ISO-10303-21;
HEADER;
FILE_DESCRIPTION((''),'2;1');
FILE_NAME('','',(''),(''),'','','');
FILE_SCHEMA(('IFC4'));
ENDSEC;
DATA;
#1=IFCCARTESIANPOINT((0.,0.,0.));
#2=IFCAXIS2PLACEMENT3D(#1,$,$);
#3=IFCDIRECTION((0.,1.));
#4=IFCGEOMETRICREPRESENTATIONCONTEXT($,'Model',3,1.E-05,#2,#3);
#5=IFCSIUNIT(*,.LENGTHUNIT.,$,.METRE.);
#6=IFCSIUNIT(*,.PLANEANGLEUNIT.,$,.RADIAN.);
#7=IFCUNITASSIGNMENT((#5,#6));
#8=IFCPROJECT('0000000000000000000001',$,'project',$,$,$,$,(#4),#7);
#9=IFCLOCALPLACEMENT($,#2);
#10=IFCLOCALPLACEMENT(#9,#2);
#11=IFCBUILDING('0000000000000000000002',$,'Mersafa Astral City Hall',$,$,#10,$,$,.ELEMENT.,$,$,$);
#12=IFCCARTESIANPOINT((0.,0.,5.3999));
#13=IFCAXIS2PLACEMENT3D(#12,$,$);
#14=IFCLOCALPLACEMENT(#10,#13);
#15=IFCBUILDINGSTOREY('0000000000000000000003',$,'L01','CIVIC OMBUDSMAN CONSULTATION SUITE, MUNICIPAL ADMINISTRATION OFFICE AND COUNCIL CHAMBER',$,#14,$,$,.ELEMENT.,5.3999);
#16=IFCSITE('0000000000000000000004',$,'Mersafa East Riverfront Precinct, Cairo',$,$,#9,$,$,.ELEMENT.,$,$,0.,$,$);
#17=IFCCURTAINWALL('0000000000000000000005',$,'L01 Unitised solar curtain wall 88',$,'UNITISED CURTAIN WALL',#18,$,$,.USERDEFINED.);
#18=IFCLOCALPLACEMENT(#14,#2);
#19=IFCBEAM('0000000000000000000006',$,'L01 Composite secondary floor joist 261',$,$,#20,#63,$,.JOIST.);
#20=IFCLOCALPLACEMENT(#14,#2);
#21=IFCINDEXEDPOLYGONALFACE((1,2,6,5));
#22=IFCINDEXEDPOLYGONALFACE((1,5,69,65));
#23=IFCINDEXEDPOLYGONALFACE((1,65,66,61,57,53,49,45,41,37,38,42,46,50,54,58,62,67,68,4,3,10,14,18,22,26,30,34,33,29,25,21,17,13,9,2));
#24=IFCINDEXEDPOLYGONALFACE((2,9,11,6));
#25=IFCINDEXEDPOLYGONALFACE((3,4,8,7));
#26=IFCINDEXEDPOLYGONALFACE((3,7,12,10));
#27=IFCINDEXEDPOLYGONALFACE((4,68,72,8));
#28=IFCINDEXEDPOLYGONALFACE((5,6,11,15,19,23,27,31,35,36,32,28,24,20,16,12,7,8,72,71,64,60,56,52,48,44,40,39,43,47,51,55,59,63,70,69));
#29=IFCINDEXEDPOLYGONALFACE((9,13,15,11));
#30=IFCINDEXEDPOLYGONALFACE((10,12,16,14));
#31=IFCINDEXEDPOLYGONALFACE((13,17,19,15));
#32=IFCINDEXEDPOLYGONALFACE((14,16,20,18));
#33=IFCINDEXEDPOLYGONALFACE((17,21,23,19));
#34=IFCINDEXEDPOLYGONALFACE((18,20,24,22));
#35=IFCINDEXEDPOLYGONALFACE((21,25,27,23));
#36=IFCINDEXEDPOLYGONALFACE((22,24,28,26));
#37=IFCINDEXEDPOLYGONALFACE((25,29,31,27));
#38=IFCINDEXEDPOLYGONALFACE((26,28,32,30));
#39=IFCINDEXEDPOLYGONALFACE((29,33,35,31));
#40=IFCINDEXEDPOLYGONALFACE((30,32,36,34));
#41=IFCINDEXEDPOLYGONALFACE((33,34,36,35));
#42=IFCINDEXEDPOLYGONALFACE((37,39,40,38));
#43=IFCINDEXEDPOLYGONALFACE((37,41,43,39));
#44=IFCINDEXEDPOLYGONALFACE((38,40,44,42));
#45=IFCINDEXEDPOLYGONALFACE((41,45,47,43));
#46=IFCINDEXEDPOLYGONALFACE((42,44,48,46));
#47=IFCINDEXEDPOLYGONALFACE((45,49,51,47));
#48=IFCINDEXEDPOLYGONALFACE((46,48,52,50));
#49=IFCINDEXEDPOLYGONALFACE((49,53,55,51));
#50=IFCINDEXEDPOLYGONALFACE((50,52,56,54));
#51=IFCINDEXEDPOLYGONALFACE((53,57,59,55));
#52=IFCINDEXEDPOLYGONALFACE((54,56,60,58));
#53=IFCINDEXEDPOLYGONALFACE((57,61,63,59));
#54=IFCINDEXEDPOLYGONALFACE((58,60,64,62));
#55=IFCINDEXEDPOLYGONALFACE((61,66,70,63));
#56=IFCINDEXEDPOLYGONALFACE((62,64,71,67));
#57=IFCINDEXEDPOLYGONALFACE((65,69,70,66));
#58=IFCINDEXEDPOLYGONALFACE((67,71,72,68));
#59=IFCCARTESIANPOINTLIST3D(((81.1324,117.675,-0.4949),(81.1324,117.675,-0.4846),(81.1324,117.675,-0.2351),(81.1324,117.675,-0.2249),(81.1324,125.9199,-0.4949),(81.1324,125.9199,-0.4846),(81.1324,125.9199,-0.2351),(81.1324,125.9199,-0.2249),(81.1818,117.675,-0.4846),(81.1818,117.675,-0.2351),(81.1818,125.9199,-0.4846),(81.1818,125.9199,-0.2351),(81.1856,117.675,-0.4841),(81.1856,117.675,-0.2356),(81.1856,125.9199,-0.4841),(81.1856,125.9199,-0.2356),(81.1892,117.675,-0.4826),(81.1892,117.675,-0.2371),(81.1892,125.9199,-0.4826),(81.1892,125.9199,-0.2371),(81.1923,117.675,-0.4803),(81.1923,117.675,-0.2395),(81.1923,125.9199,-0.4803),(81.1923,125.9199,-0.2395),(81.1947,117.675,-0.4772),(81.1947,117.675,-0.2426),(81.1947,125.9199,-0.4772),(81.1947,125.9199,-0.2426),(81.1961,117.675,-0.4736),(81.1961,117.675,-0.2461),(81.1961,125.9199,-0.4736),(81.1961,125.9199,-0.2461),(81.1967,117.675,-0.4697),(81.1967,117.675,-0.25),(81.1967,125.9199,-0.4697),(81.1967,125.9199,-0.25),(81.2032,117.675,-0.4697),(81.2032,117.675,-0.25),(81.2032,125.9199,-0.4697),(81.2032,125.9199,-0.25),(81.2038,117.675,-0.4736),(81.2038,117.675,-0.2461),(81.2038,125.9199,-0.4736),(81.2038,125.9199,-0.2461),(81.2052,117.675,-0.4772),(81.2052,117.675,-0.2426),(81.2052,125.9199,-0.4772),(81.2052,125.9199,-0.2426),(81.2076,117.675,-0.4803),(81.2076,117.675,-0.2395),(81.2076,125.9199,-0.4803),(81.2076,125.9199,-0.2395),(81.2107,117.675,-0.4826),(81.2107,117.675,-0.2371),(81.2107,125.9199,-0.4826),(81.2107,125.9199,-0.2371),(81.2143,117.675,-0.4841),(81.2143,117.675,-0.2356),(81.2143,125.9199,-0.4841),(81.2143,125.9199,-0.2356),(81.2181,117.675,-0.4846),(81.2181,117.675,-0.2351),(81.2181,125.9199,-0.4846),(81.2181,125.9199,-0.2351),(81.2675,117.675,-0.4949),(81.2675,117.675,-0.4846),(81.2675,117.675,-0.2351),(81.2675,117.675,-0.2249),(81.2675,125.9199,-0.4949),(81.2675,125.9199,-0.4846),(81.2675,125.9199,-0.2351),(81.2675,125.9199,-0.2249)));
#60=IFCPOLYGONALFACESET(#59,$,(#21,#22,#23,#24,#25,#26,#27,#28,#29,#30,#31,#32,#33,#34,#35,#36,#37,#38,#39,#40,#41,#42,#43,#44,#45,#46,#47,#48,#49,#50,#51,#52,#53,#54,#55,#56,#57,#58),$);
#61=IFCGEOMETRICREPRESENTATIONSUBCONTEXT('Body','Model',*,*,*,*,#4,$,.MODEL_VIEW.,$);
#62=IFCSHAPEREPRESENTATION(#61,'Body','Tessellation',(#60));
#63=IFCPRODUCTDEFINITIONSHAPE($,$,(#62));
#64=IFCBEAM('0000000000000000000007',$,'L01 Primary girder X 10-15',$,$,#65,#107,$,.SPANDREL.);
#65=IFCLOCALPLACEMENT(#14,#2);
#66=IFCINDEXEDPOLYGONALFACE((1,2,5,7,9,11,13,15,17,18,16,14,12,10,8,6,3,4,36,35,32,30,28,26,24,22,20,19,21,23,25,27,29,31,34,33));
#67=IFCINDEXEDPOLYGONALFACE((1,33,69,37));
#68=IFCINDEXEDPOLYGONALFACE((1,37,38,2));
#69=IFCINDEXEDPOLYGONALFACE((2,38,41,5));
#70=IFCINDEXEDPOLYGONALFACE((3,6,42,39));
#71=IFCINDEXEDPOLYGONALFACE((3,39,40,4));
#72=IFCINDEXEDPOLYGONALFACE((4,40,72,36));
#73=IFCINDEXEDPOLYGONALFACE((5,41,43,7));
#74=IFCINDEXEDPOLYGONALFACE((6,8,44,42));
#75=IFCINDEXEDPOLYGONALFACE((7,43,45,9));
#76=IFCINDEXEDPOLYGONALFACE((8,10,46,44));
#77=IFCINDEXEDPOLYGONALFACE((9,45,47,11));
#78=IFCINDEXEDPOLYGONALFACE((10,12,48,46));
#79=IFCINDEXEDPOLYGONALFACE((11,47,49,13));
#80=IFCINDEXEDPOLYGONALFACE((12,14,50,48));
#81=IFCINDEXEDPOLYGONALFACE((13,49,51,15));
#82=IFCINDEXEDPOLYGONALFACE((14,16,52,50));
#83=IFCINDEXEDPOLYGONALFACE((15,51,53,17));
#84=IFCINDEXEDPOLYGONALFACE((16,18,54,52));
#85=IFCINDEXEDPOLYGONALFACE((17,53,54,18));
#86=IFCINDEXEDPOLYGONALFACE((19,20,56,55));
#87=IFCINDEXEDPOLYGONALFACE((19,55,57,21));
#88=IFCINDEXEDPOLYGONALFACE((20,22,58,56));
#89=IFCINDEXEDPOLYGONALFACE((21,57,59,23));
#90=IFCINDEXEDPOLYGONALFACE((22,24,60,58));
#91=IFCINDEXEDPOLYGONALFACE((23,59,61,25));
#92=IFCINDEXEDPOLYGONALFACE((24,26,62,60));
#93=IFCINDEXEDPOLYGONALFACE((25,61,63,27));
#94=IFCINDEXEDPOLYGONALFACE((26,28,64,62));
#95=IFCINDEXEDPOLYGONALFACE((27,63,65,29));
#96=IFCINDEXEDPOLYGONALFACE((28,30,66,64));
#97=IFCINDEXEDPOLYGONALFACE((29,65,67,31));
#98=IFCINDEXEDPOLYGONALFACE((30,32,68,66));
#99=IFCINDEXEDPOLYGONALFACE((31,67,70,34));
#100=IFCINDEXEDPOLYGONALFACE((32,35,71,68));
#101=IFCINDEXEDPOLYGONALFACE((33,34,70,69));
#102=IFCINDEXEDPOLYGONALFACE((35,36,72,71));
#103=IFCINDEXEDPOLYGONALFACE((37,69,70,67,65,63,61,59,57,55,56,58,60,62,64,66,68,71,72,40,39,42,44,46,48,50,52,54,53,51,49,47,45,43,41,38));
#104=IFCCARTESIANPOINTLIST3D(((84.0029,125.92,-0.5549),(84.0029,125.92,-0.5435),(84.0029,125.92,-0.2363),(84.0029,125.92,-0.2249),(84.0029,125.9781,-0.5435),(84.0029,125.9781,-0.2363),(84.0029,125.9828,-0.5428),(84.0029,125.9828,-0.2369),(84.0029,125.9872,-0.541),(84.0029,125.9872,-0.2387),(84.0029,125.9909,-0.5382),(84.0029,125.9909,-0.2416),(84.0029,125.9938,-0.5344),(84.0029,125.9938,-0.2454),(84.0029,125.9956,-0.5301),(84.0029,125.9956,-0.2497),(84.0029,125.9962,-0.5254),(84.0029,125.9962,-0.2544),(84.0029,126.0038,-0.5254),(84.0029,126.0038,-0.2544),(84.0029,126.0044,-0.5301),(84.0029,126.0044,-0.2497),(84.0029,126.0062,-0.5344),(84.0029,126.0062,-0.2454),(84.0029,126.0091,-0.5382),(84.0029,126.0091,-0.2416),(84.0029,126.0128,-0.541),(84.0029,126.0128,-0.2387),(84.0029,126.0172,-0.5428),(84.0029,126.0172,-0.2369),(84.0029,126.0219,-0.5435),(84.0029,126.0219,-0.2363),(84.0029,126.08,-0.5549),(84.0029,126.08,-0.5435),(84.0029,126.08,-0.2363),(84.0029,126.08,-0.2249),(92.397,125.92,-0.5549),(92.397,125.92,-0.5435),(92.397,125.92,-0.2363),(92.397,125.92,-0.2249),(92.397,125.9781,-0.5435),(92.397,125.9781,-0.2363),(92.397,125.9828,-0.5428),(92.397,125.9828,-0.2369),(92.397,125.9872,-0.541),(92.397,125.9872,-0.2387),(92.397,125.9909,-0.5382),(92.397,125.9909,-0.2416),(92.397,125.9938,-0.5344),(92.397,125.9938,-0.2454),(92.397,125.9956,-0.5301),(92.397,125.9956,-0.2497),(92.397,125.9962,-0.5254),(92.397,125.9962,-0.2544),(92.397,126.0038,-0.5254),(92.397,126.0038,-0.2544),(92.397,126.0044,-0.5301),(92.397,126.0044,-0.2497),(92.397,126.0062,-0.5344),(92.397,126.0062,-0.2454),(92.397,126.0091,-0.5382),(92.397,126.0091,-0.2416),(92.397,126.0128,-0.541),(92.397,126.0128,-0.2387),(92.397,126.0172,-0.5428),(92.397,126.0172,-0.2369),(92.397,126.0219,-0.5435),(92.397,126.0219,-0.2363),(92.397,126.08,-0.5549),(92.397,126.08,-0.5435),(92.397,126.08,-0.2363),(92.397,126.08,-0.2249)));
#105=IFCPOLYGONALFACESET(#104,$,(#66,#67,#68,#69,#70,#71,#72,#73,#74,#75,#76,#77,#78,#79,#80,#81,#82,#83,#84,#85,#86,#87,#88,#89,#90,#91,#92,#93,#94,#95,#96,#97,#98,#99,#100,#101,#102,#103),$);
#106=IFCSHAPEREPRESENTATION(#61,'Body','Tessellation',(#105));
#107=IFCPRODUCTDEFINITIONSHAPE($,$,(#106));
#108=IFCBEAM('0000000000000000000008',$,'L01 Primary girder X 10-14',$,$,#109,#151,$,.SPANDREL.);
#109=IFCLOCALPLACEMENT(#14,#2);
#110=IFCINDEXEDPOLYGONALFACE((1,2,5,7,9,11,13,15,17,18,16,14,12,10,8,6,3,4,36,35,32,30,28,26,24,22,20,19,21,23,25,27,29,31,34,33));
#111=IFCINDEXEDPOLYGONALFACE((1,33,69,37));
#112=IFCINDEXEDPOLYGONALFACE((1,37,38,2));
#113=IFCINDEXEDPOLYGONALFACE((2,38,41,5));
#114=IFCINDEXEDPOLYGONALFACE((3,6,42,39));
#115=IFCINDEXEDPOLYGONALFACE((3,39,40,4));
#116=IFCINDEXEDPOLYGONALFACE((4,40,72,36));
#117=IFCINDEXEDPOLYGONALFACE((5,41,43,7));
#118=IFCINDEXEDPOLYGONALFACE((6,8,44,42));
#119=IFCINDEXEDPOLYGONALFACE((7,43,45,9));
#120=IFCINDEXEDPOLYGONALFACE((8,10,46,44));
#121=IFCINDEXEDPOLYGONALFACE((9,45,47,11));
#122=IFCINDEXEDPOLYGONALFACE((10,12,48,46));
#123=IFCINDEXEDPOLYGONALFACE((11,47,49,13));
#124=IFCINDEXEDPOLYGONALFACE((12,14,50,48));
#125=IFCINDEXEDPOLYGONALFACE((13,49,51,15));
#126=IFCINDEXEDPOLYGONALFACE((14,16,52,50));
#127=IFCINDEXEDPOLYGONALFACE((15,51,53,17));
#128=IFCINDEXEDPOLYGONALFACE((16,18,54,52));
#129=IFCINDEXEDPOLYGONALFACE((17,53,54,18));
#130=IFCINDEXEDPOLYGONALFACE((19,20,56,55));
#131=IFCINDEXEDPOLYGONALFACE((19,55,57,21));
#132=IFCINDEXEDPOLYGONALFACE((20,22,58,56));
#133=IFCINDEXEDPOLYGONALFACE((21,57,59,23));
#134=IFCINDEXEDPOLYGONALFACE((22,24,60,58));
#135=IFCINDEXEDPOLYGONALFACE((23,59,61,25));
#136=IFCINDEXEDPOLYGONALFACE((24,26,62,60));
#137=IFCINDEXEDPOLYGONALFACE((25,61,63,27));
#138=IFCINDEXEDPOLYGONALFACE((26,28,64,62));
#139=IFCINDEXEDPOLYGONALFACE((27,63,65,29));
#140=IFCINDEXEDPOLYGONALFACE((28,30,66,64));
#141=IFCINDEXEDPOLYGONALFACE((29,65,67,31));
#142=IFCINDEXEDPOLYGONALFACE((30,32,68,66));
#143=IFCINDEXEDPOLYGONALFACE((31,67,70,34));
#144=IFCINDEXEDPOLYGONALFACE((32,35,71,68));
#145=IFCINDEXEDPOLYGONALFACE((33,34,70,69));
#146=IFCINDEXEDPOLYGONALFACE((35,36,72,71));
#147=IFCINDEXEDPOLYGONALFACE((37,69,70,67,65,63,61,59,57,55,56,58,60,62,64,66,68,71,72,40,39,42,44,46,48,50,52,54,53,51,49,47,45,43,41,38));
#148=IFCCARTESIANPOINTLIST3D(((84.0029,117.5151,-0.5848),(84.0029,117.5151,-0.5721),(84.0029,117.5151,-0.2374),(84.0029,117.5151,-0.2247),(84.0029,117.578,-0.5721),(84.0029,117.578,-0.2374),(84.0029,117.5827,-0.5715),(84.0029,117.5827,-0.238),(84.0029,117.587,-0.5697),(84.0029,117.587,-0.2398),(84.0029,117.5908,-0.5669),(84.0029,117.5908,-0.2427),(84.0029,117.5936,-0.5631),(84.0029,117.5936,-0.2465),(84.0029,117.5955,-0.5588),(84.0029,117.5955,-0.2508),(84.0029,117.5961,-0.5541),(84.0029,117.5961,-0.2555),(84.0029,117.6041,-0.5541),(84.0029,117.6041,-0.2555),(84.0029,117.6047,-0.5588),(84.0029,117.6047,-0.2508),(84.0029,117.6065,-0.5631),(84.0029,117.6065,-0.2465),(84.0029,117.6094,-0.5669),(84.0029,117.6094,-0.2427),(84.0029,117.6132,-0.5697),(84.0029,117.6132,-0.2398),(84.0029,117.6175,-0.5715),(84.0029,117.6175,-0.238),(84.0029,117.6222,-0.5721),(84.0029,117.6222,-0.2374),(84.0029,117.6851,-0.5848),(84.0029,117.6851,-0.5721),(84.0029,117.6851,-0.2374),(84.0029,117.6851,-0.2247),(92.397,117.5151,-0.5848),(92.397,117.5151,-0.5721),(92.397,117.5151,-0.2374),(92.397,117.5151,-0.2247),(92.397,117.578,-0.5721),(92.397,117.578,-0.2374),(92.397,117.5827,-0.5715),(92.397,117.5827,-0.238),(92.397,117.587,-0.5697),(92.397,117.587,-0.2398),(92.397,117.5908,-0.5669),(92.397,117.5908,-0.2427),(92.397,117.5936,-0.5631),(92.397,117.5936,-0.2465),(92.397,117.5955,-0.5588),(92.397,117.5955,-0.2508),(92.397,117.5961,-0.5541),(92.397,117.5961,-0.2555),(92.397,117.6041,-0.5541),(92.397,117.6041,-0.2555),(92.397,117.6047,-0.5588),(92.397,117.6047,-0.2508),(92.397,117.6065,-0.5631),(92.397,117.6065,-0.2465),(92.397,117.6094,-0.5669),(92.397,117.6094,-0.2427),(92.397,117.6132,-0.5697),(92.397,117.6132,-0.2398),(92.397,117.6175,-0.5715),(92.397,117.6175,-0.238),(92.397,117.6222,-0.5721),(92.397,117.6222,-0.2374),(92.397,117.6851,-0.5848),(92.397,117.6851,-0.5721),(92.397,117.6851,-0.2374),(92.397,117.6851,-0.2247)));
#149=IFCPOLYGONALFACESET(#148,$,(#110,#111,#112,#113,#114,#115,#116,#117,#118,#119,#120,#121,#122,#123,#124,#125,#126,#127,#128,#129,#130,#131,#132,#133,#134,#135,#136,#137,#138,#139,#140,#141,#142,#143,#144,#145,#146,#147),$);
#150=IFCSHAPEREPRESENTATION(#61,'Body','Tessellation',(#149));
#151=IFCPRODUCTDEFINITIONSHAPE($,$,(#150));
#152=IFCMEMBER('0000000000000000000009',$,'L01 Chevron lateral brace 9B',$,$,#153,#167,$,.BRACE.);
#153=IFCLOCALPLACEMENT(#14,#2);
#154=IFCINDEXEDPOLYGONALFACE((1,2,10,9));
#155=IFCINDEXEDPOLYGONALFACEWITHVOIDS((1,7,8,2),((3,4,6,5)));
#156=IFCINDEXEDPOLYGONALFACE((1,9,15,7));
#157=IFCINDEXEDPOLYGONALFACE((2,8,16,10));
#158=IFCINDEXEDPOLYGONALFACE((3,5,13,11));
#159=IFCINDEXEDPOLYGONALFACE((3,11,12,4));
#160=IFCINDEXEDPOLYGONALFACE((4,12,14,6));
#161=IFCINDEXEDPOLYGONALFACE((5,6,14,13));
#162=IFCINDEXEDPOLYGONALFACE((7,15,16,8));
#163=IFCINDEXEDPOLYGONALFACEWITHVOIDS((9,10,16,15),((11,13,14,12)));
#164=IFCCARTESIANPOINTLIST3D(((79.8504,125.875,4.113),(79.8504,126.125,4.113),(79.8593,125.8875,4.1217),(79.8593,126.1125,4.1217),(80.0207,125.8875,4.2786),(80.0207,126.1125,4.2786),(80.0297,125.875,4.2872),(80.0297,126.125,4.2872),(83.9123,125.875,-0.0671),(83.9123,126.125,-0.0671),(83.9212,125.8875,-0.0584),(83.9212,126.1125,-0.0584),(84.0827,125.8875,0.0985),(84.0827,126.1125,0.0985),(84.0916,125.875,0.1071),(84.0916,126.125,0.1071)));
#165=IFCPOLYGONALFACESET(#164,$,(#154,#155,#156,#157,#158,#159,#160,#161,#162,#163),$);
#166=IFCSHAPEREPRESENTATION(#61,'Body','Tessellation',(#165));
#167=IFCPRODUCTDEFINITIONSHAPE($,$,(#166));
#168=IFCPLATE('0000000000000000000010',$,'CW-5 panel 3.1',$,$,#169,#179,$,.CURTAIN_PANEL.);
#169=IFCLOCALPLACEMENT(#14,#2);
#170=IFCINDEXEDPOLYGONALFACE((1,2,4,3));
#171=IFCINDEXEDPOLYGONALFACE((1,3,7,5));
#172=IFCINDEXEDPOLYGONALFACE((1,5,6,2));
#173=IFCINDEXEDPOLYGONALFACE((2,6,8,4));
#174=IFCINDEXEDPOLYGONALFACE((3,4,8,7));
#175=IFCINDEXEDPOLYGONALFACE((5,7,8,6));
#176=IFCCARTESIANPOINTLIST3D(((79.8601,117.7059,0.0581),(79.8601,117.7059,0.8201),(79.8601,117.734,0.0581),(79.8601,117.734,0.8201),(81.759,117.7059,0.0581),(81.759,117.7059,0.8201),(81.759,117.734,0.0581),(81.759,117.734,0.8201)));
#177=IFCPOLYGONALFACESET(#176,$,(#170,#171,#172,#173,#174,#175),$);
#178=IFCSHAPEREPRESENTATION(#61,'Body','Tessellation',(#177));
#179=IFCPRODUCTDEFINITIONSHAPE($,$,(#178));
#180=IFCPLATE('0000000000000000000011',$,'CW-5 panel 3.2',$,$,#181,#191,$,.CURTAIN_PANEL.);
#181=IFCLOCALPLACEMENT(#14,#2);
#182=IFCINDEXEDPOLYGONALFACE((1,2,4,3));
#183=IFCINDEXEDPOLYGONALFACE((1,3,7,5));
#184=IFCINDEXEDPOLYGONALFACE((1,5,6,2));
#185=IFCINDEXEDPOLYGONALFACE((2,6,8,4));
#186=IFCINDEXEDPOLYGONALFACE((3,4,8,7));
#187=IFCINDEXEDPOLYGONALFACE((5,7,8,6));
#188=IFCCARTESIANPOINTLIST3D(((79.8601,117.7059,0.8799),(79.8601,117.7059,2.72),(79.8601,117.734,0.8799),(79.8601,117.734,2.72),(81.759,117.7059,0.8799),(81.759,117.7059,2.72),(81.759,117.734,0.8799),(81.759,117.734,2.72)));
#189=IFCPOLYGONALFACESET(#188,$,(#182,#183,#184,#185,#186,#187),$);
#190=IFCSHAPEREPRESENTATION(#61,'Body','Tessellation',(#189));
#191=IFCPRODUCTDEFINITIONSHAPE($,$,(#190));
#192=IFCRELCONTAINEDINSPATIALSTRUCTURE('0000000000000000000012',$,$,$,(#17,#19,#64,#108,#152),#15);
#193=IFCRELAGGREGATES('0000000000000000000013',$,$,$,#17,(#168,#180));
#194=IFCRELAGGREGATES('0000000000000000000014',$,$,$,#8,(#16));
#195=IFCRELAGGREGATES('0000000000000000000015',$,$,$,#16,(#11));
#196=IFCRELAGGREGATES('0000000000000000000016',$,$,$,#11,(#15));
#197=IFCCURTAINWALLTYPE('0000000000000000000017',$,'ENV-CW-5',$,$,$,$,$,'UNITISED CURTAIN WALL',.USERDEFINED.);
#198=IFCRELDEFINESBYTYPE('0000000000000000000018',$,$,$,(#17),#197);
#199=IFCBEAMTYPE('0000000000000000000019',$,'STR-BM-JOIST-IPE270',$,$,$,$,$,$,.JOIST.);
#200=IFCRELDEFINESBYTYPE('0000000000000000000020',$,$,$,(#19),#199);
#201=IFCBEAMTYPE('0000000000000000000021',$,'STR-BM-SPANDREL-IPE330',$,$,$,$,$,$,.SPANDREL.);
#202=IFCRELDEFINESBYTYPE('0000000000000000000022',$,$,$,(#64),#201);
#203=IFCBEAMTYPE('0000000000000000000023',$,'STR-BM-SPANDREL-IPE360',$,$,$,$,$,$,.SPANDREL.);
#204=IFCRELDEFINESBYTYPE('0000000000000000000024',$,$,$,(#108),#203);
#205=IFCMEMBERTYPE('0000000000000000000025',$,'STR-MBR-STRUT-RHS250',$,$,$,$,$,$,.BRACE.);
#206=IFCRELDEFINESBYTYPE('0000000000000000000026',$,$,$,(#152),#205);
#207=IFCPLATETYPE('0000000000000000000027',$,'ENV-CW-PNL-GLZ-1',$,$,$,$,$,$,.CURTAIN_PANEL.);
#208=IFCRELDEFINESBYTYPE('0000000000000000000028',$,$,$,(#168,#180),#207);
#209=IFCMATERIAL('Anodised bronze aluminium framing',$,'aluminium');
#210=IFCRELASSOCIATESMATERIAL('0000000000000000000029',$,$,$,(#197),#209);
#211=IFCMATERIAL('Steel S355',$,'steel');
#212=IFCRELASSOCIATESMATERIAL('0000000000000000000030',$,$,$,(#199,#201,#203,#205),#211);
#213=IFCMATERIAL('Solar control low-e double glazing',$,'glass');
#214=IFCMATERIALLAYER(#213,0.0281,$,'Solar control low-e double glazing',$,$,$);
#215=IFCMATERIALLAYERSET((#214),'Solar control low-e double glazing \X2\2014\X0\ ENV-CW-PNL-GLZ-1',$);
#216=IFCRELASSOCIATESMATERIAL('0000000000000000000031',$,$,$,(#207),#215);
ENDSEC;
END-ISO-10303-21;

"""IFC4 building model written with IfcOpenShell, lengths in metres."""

from ifc_helpers import new_model, si_unit, direction, frame, origin, origin_2d, place, context, subcontext, project, spatial, rectangle, hollow_rectangle, i_section, extrude, material, layer, layer_set, material_profile, profile_set, type_object, element, aggregate, save


model = new_model("IFC4")

# Units and contexts
model_context = context("Model", 3, precision=1e-05, world=origin(), true_north=direction((0.0, 1.0)))
body_context = subcontext(model_context, "Body", "Model", "MODEL_VIEW")
ifc_project = project(units=[si_unit("LENGTHUNIT", "METRE"), si_unit("PLANEANGLEUNIT", "RADIAN")], contexts=[model_context])

# Site, building, storey
site_placement = place(None, origin())
site = spatial("IfcSite", under=ifc_project, at=site_placement, Name="Mersafa East Riverfront Precinct, Cairo", CompositionType="ELEMENT", RefElevation=0.0)
building_placement = place(site_placement, origin())
building = spatial("IfcBuilding", under=site, at=building_placement, Name="Mersafa Astral City Hall", CompositionType="ELEMENT")
storey_placement = place(building_placement, frame((0.0, 0.0, 5.3999)))
storey = spatial("IfcBuildingStorey", under=building, at=storey_placement, Name="L01", Description="CIVIC OMBUDSMAN CONSULTATION SUITE, MUNICIPAL ADMINISTRATION OFFICE AND COUNCIL CHAMBER", CompositionType="ELEMENT", Elevation=5.3999)

# Shared definitions
ifc_material_1 = material(Name="Steel S355", Category="steel")

# Curtain wall
ifc_material_2 = material(Name="Anodised bronze aluminium framing", Category="aluminium")
curtain_wall_type = type_object("IfcCurtainWallType", Name="ENV-CW-5", ElementType="UNITISED CURTAIN WALL", PredefinedType="USERDEFINED", material=ifc_material_2)
curtain_wall_placement = place(storey_placement, origin())
curtain_wall = element("IfcCurtainWall", 1, at=curtain_wall_placement, inside=storey, type_object=curtain_wall_type, Name="L01 Unitised solar curtain wall 88", ObjectType="UNITISED CURTAIN WALL", PredefinedType="USERDEFINED")

# Beams
ifc_material_profile_1 = material_profile(ifc_material_1, i_section(OverallWidth=0.135, OverallDepth=0.27, WebThickness=0.0066, FlangeThickness=0.0103, FilletRadius=0.0149, at=origin_2d()), Name="IPE 270")
ifc_profile_set_1 = profile_set([ifc_material_profile_1], Name="Steel S355")
beam_type_1 = type_object("IfcBeamType", Name="STR-BM-JOIST-IPE270", PredefinedType="JOIST", material=ifc_profile_set_1)
beam_1_placement = place(storey_placement, frame((81.2, 117.675, -0.3599), z_axis=(0.0, 1.0, 0.0), x_axis=(-1.0, 0.0, 0.0)))
element("IfcBeam", 2, at=beam_1_placement, inside=storey, type_object=beam_type_1, Name="L01 Composite secondary floor joist 261", PredefinedType="JOIST", context=body_context, shape_type="SweptSolid", body=[
    extrude(i_section(OverallWidth=0.135, OverallDepth=0.27, WebThickness=0.0066, FlangeThickness=0.0103, FilletRadius=0.0149, at=origin_2d()), origin(), (0.0, 0.0, 1.0), 8.2449),
])
ifc_material_profile_2 = material_profile(ifc_material_1, i_section(OverallWidth=0.1599, OverallDepth=0.3301, WebThickness=0.0076, FlangeThickness=0.0115, FilletRadius=0.0181, at=origin_2d()), Name="IPE 330")
ifc_profile_set_2 = profile_set([ifc_material_profile_2], Name="Steel S355")
beam_type_2 = type_object("IfcBeamType", Name="STR-BM-SPANDREL-IPE330", PredefinedType="SPANDREL", material=ifc_profile_set_2)
beam_2_placement = place(storey_placement, frame((84.0029, 126.0, -0.3899), z_axis=(1.0, 0.0, 0.0), x_axis=(0.0, 1.0, 0.0)))
element("IfcBeam", 3, at=beam_2_placement, inside=storey, type_object=beam_type_2, Name="L01 Primary girder X 10-15", PredefinedType="SPANDREL", context=body_context, shape_type="SweptSolid", body=[
    extrude(i_section(OverallWidth=0.1599, OverallDepth=0.3301, WebThickness=0.0076, FlangeThickness=0.0115, FilletRadius=0.0181, at=origin_2d()), origin(), (0.0, 0.0, 1.0), 8.394),
])
ifc_material_profile_3 = material_profile(ifc_material_1, i_section(OverallWidth=0.1699, OverallDepth=0.3601, WebThickness=0.0081, FlangeThickness=0.0127, FilletRadius=0.0181, at=origin_2d()), Name="IPE 360")
ifc_profile_set_3 = profile_set([ifc_material_profile_3], Name="Steel S355")
beam_type_3 = type_object("IfcBeamType", Name="STR-BM-SPANDREL-IPE360", PredefinedType="SPANDREL", material=ifc_profile_set_3)
beam_3_placement = place(storey_placement, frame((84.0029, 117.6001, -0.4048), z_axis=(1.0, 0.0, 0.0), x_axis=(0.0, 1.0, 0.0)))
element("IfcBeam", 4, at=beam_3_placement, inside=storey, type_object=beam_type_3, Name="L01 Primary girder X 10-14", PredefinedType="SPANDREL", context=body_context, shape_type="SweptSolid", body=[
    extrude(i_section(OverallWidth=0.1699, OverallDepth=0.3601, WebThickness=0.0081, FlangeThickness=0.0127, FilletRadius=0.0181, at=origin_2d()), origin(), (0.0, 0.0, 1.0), 8.394),
])

# Member
ifc_material_profile_4 = material_profile(ifc_material_1, hollow_rectangle(XDim=0.25, YDim=0.25, WallThickness=0.0125, at=origin_2d()), Name="RHS 250x250x12.5")
ifc_profile_set_4 = profile_set([ifc_material_profile_4], Name="Steel S355")
member_type_1 = type_object("IfcMemberType", Name="STR-MBR-STRUT-RHS250", PredefinedType="BRACE", material=ifc_profile_set_4)
member_1_placement = place(storey_placement, frame((84.002, 126.0, 0.02), z_axis=(-0.696898, 0.0, 0.717171), x_axis=(0.0, -1.0, 0.0)))
element("IfcMember", 5, at=member_1_placement, inside=storey, type_object=member_type_1, Name="L01 Chevron lateral brace 9B", PredefinedType="BRACE", context=body_context, shape_type="SweptSolid", body=[
    extrude(hollow_rectangle(XDim=0.25, YDim=0.25, WallThickness=0.0125, at=origin_2d()), origin(), (0.0, 0.0, 1.0), 5.8286),
])

# Plates
ifc_material_3 = material(Name="Solar control low-e double glazing", Category="glass")
ifc_layer_1 = layer(ifc_material_3, 0.0281, Name="Solar control low-e double glazing")
ifc_layer_set_1 = layer_set([ifc_layer_1], Name="Solar control low-e double glazing — ENV-CW-PNL-GLZ-1")
plate_type_1 = type_object("IfcPlateType", Name="ENV-CW-PNL-GLZ-1", PredefinedType="CURTAIN_PANEL", material=ifc_layer_set_1)
plate_1_placement = place(storey_placement, frame((80.8096, 117.72, 0.0581), z_axis=(0.0, 0.0, 1.0), x_axis=(1.0, 0.0, 0.0)))
plate_1 = element("IfcPlate", 6, at=plate_1_placement, type_object=plate_type_1, Name="CW-5 panel 3.1", PredefinedType="CURTAIN_PANEL", context=body_context, shape_type="SweptSolid", body=[
    extrude(rectangle(XDim=1.8989, YDim=0.0281, at=origin_2d()), origin(), (0.0, 0.0, 1.0), 0.762),
])
plate_2_placement = place(storey_placement, frame((80.8096, 117.72, 0.8799), z_axis=(0.0, 0.0, 1.0), x_axis=(1.0, 0.0, 0.0)))
plate_2 = element("IfcPlate", 7, at=plate_2_placement, type_object=plate_type_1, Name="CW-5 panel 3.2", PredefinedType="CURTAIN_PANEL", context=body_context, shape_type="SweptSolid", body=[
    extrude(rectangle(XDim=1.8989, YDim=0.0281, at=origin_2d()), origin(), (0.0, 0.0, 1.0), 1.8401),
])
aggregate(curtain_wall, [plate_1, plate_2])

save(model, "model.ifc")
